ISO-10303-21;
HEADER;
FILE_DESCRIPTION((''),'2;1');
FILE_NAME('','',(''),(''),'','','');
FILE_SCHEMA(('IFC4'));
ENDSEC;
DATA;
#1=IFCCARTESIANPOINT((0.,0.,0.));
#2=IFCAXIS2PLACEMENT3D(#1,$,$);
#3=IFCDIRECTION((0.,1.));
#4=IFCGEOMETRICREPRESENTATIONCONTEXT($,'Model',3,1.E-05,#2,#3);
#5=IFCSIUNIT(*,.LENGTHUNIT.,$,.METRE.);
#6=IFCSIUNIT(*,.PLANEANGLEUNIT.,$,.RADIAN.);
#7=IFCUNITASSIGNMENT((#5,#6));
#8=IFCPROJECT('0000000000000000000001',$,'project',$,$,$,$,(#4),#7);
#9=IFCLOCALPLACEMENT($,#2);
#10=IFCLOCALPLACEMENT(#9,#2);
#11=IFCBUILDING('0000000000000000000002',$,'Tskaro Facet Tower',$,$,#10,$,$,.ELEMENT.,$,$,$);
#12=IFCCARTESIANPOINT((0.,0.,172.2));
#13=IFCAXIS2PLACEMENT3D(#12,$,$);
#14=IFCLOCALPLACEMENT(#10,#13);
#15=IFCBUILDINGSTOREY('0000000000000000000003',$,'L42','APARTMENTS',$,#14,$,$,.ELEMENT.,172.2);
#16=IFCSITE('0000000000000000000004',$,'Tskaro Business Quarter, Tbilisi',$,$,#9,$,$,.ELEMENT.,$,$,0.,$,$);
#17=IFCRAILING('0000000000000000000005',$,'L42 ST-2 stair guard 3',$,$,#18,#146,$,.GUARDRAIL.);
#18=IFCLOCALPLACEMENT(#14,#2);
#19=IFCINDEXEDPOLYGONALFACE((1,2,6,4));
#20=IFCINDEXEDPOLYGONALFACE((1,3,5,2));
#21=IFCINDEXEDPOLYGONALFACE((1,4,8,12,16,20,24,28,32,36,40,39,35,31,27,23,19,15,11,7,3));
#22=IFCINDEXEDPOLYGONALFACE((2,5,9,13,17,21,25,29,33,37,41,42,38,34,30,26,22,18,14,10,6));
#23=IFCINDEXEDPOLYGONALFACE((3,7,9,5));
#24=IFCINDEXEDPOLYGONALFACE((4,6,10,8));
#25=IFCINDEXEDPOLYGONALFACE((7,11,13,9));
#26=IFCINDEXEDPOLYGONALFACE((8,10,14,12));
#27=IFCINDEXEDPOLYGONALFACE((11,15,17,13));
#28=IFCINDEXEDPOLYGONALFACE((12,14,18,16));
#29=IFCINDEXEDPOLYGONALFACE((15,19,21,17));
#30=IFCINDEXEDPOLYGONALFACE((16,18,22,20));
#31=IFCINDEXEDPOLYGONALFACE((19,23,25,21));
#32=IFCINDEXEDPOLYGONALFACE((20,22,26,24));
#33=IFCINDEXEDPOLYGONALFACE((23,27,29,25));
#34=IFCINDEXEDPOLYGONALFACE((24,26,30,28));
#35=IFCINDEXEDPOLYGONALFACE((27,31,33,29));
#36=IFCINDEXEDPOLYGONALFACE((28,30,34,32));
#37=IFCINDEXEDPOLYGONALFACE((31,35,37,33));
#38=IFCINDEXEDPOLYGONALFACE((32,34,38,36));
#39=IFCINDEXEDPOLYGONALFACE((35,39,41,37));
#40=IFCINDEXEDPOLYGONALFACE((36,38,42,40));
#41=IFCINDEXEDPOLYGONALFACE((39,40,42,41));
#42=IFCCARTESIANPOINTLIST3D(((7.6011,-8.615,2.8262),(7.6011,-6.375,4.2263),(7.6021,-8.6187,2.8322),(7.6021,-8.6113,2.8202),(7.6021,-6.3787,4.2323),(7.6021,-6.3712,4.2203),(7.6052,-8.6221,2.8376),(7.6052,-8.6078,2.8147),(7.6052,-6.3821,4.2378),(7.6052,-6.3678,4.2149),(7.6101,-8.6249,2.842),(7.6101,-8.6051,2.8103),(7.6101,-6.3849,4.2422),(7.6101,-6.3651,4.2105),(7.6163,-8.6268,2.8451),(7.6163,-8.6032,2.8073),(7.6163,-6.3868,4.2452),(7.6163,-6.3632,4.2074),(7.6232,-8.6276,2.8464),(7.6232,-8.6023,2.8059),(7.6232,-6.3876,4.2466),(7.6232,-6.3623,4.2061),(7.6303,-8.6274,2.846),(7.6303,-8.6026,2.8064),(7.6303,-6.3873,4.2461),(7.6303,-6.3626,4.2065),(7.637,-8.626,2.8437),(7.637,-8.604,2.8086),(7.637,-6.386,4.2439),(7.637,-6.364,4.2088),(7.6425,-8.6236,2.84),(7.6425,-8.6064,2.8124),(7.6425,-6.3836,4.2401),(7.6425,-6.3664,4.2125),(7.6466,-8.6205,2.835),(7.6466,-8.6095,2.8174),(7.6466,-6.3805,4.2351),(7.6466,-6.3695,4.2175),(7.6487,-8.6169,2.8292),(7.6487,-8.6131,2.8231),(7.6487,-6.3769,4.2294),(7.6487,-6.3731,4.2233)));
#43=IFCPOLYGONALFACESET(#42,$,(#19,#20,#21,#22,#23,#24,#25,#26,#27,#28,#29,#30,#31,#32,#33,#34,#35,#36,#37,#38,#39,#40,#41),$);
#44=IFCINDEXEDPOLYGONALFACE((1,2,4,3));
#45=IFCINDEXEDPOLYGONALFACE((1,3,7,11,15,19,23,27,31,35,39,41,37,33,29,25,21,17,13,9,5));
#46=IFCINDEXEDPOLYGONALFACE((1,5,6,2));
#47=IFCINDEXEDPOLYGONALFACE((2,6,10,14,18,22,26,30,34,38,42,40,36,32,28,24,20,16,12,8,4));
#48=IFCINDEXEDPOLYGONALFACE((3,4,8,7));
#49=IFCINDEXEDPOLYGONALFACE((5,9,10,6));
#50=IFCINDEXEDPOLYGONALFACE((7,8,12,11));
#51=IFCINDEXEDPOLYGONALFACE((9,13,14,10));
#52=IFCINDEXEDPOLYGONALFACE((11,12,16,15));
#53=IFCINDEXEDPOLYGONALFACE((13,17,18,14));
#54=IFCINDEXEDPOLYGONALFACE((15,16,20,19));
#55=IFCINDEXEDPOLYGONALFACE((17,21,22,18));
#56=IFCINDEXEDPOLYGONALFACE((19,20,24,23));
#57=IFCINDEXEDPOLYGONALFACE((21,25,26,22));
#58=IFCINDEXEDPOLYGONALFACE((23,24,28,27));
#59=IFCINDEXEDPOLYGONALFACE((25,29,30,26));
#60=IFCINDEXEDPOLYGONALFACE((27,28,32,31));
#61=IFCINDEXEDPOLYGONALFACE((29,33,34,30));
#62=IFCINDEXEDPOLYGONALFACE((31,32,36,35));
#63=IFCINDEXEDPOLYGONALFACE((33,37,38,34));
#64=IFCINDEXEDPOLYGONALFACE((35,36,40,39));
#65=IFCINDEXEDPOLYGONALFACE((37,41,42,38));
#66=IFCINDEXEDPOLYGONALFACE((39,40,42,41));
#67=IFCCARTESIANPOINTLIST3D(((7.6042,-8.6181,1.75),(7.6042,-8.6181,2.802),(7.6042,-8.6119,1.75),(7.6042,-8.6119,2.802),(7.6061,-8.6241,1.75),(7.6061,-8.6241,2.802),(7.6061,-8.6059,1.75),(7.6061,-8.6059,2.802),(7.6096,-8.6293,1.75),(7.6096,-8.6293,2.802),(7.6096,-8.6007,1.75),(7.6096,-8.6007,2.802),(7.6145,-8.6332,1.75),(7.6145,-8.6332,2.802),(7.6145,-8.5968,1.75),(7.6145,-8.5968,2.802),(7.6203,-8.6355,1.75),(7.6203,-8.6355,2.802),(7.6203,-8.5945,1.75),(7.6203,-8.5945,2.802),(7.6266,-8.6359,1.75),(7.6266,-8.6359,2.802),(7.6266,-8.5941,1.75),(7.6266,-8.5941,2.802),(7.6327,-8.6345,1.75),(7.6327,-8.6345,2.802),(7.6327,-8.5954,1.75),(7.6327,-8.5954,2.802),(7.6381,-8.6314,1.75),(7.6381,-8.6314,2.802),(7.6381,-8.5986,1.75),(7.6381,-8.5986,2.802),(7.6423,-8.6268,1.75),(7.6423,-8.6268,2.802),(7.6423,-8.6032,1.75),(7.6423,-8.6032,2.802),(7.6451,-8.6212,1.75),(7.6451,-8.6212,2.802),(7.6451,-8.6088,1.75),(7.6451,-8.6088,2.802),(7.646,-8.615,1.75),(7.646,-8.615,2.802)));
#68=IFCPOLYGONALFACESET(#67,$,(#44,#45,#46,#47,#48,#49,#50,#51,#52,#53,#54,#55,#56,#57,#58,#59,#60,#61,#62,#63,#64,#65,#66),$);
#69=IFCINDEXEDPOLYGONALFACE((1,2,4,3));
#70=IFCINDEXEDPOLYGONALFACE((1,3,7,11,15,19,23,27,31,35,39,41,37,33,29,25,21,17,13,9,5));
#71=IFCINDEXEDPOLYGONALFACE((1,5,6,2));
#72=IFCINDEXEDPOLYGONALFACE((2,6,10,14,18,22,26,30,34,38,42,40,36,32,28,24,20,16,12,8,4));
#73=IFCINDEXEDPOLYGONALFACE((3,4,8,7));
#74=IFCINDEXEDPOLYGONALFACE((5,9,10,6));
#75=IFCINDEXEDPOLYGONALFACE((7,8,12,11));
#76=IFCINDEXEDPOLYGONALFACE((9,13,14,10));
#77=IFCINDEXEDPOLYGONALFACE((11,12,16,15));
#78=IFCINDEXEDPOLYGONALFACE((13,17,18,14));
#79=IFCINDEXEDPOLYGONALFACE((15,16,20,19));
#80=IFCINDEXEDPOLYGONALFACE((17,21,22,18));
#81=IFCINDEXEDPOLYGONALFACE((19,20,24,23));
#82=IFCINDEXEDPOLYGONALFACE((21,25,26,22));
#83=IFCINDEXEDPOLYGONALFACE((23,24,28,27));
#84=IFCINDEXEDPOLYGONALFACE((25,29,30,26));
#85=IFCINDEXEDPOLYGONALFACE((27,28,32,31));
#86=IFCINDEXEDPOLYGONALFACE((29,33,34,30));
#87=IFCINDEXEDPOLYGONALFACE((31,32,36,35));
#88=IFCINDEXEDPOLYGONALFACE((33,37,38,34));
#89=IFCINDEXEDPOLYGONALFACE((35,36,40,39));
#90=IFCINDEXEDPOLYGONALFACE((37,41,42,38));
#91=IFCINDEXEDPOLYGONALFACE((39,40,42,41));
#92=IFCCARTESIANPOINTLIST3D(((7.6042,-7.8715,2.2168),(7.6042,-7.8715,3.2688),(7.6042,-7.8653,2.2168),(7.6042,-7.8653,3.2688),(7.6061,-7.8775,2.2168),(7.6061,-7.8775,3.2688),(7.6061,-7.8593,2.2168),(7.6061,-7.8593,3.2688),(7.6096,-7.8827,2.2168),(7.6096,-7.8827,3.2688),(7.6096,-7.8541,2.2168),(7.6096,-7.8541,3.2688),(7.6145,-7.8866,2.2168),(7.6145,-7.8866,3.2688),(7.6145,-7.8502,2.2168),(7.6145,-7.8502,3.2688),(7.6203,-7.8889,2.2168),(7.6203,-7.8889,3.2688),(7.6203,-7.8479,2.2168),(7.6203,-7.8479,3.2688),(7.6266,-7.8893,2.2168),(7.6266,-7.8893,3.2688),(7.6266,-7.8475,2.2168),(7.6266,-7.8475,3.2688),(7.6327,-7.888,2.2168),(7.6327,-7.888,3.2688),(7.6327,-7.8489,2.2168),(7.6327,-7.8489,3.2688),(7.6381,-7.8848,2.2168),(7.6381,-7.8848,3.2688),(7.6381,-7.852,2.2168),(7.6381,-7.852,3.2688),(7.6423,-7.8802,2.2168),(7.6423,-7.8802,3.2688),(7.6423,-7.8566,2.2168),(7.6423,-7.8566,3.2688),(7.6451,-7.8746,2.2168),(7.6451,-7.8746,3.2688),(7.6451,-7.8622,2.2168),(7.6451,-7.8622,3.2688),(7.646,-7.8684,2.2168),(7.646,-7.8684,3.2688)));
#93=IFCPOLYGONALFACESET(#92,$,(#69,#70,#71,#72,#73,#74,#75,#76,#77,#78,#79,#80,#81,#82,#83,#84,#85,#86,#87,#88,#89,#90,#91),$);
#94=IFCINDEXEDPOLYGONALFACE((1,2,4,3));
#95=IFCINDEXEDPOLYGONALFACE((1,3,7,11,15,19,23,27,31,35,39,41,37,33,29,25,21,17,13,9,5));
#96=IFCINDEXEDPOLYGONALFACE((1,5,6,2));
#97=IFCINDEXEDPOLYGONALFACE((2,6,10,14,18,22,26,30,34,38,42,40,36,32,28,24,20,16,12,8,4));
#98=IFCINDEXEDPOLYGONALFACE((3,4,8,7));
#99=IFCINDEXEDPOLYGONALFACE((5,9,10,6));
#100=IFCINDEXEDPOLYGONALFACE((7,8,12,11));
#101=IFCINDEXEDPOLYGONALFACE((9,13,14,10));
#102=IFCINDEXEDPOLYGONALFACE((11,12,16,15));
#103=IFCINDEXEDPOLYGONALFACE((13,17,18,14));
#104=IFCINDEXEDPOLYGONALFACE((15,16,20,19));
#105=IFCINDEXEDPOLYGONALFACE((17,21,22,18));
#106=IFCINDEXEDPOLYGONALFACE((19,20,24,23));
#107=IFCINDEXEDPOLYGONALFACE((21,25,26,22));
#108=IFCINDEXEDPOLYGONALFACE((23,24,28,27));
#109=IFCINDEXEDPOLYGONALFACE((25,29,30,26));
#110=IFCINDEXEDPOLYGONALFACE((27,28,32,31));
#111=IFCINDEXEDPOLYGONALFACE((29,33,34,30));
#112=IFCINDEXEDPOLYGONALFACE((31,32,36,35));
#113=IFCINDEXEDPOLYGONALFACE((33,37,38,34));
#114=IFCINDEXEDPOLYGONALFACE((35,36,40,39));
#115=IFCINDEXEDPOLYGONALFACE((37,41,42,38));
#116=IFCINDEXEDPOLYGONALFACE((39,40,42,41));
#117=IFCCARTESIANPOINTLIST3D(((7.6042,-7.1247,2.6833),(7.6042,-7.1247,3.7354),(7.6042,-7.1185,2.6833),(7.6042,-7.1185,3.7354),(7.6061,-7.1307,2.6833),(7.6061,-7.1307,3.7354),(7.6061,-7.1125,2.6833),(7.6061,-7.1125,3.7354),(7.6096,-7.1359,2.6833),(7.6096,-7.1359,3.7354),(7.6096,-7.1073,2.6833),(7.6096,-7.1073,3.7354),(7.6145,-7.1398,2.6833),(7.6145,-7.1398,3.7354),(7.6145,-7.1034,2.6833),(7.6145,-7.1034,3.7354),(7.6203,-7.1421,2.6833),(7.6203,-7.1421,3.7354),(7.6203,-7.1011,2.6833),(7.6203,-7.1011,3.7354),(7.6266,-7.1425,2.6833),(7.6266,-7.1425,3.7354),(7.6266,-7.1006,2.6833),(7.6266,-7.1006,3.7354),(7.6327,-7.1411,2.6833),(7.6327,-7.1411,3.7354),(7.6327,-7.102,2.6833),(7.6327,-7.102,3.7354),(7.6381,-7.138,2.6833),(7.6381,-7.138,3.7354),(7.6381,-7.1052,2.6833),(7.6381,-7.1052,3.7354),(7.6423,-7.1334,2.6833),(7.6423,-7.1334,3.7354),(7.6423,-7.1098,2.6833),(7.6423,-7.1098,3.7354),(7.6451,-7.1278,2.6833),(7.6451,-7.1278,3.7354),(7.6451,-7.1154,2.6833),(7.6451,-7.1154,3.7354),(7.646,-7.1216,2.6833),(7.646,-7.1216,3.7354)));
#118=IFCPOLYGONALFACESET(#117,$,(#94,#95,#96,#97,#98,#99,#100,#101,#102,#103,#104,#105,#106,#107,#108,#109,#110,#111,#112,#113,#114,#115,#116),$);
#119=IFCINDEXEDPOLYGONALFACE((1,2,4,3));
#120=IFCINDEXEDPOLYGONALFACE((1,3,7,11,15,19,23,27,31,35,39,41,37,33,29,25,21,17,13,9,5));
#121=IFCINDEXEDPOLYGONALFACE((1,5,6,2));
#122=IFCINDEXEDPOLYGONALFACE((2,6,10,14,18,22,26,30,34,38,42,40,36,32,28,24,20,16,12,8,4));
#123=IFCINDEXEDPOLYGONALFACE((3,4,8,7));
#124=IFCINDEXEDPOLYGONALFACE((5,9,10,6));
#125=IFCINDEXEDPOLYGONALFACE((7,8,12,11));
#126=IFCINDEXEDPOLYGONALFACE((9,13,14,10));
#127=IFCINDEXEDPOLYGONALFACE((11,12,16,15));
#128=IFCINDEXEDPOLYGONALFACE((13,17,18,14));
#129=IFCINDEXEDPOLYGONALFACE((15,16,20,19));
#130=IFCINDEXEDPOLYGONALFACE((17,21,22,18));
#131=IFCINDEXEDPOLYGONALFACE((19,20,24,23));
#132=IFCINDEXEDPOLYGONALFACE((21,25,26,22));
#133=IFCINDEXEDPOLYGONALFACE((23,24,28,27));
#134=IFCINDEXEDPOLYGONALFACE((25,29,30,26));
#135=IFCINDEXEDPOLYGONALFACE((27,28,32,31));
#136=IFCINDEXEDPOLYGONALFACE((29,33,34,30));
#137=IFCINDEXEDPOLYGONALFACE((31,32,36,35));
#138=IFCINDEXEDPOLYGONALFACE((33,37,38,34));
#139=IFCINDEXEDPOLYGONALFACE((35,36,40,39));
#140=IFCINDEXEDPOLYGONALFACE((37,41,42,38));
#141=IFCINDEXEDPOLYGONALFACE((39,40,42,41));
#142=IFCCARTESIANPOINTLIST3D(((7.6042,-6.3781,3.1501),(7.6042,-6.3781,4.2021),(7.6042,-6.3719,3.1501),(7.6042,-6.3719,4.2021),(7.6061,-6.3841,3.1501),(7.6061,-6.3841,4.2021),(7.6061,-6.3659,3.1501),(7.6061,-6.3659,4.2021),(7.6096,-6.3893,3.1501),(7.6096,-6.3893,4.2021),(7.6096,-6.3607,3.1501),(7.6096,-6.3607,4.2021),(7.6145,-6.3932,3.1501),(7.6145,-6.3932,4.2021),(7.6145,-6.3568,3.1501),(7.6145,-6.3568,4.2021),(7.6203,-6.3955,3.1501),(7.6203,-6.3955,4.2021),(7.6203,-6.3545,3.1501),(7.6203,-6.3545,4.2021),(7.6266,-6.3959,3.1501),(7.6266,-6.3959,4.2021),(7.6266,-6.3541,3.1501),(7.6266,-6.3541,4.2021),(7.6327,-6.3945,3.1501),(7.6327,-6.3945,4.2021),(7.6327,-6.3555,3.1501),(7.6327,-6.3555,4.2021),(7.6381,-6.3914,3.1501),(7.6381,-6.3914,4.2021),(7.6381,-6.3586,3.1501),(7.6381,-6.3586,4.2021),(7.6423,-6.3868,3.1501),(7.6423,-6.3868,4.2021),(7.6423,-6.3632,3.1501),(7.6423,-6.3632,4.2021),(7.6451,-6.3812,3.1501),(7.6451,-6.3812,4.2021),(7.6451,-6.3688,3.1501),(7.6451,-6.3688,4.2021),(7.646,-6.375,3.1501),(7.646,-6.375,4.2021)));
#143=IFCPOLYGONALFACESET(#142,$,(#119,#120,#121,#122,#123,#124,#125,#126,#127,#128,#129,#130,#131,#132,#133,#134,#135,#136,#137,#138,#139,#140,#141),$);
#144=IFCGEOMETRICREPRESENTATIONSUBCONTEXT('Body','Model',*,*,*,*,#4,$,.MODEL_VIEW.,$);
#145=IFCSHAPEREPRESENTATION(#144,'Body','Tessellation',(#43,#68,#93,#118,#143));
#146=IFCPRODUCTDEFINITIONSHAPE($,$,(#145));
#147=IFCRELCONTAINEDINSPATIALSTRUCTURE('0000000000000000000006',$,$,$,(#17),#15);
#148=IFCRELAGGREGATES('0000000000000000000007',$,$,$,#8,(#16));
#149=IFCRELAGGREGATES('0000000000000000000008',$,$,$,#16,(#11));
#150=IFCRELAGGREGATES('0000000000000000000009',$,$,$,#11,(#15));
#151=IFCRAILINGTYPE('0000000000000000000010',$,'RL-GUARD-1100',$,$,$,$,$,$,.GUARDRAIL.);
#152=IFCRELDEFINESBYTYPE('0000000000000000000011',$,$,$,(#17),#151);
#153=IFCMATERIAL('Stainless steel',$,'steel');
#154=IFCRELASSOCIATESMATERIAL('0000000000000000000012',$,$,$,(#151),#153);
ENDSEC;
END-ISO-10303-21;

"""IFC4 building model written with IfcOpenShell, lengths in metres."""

from ifc_helpers import new_model, si_unit, direction, frame, origin, origin_2d, place, context, subcontext, project, spatial, circle, extrude, material, type_object, element, save


model = new_model("IFC4")

# Units and contexts
model_context = context("Model", 3, precision=1e-05, world=origin(), true_north=direction((0.0, 1.0)))
body_context = subcontext(model_context, "Body", "Model", "MODEL_VIEW")
ifc_project = project(units=[si_unit("LENGTHUNIT", "METRE"), si_unit("PLANEANGLEUNIT", "RADIAN")], contexts=[model_context])

# Site, building, storey
site_placement = place(None, origin())
site = spatial("IfcSite", under=ifc_project, at=site_placement, Name="Tskaro Business Quarter, Tbilisi", CompositionType="ELEMENT", RefElevation=0.0)
building_placement = place(site_placement, origin())
building = spatial("IfcBuilding", under=site, at=building_placement, Name="Tskaro Facet Tower", CompositionType="ELEMENT")
storey_placement = place(building_placement, frame((0.0, 0.0, 172.2)))
storey = spatial("IfcBuildingStorey", under=building, at=storey_placement, Name="L42", Description="APARTMENTS", CompositionType="ELEMENT", Elevation=172.2)

# Railing
ifc_material_1 = material(Name="Stainless steel", Category="steel")
railing_type = type_object("IfcRailingType", Name="RL-GUARD-1100", PredefinedType="GUARDRAIL", material=ifc_material_1)
railing_1_placement = place(storey_placement, frame((7.625, -8.615, 1.75)))
element("IfcRailing", 1, at=railing_1_placement, inside=storey, type_object=railing_type, Name="L42 ST-2 stair guard 3", PredefinedType="GUARDRAIL", context=body_context, shape_type="SweptSolid", body=[
    extrude(circle(Radius=0.0239, at=origin_2d()), frame((0.0, 0.0, 1.0762), z_axis=(0.0, 0.847972, 0.53004), x_axis=(-1.0, 0.0, 0.0)), (0.0, 0.0, 1.0), 2.6416),
    extrude(circle(Radius=0.021, at=origin_2d()), origin(), (0.0, 0.0, 1.0), 1.052),
    extrude(circle(Radius=0.021, at=origin_2d()), frame((0.0, 0.7466, 0.4668)), (0.0, 0.0, 1.0), 1.052),
    extrude(circle(Radius=0.021, at=origin_2d()), frame((0.0, 1.4934, 0.9333)), (0.0, 0.0, 1.0), 1.052),
    extrude(circle(Radius=0.021, at=origin_2d()), frame((0.0, 2.24, 1.4001)), (0.0, 0.0, 1.0), 1.052),
])

save(model, "model.ifc")
